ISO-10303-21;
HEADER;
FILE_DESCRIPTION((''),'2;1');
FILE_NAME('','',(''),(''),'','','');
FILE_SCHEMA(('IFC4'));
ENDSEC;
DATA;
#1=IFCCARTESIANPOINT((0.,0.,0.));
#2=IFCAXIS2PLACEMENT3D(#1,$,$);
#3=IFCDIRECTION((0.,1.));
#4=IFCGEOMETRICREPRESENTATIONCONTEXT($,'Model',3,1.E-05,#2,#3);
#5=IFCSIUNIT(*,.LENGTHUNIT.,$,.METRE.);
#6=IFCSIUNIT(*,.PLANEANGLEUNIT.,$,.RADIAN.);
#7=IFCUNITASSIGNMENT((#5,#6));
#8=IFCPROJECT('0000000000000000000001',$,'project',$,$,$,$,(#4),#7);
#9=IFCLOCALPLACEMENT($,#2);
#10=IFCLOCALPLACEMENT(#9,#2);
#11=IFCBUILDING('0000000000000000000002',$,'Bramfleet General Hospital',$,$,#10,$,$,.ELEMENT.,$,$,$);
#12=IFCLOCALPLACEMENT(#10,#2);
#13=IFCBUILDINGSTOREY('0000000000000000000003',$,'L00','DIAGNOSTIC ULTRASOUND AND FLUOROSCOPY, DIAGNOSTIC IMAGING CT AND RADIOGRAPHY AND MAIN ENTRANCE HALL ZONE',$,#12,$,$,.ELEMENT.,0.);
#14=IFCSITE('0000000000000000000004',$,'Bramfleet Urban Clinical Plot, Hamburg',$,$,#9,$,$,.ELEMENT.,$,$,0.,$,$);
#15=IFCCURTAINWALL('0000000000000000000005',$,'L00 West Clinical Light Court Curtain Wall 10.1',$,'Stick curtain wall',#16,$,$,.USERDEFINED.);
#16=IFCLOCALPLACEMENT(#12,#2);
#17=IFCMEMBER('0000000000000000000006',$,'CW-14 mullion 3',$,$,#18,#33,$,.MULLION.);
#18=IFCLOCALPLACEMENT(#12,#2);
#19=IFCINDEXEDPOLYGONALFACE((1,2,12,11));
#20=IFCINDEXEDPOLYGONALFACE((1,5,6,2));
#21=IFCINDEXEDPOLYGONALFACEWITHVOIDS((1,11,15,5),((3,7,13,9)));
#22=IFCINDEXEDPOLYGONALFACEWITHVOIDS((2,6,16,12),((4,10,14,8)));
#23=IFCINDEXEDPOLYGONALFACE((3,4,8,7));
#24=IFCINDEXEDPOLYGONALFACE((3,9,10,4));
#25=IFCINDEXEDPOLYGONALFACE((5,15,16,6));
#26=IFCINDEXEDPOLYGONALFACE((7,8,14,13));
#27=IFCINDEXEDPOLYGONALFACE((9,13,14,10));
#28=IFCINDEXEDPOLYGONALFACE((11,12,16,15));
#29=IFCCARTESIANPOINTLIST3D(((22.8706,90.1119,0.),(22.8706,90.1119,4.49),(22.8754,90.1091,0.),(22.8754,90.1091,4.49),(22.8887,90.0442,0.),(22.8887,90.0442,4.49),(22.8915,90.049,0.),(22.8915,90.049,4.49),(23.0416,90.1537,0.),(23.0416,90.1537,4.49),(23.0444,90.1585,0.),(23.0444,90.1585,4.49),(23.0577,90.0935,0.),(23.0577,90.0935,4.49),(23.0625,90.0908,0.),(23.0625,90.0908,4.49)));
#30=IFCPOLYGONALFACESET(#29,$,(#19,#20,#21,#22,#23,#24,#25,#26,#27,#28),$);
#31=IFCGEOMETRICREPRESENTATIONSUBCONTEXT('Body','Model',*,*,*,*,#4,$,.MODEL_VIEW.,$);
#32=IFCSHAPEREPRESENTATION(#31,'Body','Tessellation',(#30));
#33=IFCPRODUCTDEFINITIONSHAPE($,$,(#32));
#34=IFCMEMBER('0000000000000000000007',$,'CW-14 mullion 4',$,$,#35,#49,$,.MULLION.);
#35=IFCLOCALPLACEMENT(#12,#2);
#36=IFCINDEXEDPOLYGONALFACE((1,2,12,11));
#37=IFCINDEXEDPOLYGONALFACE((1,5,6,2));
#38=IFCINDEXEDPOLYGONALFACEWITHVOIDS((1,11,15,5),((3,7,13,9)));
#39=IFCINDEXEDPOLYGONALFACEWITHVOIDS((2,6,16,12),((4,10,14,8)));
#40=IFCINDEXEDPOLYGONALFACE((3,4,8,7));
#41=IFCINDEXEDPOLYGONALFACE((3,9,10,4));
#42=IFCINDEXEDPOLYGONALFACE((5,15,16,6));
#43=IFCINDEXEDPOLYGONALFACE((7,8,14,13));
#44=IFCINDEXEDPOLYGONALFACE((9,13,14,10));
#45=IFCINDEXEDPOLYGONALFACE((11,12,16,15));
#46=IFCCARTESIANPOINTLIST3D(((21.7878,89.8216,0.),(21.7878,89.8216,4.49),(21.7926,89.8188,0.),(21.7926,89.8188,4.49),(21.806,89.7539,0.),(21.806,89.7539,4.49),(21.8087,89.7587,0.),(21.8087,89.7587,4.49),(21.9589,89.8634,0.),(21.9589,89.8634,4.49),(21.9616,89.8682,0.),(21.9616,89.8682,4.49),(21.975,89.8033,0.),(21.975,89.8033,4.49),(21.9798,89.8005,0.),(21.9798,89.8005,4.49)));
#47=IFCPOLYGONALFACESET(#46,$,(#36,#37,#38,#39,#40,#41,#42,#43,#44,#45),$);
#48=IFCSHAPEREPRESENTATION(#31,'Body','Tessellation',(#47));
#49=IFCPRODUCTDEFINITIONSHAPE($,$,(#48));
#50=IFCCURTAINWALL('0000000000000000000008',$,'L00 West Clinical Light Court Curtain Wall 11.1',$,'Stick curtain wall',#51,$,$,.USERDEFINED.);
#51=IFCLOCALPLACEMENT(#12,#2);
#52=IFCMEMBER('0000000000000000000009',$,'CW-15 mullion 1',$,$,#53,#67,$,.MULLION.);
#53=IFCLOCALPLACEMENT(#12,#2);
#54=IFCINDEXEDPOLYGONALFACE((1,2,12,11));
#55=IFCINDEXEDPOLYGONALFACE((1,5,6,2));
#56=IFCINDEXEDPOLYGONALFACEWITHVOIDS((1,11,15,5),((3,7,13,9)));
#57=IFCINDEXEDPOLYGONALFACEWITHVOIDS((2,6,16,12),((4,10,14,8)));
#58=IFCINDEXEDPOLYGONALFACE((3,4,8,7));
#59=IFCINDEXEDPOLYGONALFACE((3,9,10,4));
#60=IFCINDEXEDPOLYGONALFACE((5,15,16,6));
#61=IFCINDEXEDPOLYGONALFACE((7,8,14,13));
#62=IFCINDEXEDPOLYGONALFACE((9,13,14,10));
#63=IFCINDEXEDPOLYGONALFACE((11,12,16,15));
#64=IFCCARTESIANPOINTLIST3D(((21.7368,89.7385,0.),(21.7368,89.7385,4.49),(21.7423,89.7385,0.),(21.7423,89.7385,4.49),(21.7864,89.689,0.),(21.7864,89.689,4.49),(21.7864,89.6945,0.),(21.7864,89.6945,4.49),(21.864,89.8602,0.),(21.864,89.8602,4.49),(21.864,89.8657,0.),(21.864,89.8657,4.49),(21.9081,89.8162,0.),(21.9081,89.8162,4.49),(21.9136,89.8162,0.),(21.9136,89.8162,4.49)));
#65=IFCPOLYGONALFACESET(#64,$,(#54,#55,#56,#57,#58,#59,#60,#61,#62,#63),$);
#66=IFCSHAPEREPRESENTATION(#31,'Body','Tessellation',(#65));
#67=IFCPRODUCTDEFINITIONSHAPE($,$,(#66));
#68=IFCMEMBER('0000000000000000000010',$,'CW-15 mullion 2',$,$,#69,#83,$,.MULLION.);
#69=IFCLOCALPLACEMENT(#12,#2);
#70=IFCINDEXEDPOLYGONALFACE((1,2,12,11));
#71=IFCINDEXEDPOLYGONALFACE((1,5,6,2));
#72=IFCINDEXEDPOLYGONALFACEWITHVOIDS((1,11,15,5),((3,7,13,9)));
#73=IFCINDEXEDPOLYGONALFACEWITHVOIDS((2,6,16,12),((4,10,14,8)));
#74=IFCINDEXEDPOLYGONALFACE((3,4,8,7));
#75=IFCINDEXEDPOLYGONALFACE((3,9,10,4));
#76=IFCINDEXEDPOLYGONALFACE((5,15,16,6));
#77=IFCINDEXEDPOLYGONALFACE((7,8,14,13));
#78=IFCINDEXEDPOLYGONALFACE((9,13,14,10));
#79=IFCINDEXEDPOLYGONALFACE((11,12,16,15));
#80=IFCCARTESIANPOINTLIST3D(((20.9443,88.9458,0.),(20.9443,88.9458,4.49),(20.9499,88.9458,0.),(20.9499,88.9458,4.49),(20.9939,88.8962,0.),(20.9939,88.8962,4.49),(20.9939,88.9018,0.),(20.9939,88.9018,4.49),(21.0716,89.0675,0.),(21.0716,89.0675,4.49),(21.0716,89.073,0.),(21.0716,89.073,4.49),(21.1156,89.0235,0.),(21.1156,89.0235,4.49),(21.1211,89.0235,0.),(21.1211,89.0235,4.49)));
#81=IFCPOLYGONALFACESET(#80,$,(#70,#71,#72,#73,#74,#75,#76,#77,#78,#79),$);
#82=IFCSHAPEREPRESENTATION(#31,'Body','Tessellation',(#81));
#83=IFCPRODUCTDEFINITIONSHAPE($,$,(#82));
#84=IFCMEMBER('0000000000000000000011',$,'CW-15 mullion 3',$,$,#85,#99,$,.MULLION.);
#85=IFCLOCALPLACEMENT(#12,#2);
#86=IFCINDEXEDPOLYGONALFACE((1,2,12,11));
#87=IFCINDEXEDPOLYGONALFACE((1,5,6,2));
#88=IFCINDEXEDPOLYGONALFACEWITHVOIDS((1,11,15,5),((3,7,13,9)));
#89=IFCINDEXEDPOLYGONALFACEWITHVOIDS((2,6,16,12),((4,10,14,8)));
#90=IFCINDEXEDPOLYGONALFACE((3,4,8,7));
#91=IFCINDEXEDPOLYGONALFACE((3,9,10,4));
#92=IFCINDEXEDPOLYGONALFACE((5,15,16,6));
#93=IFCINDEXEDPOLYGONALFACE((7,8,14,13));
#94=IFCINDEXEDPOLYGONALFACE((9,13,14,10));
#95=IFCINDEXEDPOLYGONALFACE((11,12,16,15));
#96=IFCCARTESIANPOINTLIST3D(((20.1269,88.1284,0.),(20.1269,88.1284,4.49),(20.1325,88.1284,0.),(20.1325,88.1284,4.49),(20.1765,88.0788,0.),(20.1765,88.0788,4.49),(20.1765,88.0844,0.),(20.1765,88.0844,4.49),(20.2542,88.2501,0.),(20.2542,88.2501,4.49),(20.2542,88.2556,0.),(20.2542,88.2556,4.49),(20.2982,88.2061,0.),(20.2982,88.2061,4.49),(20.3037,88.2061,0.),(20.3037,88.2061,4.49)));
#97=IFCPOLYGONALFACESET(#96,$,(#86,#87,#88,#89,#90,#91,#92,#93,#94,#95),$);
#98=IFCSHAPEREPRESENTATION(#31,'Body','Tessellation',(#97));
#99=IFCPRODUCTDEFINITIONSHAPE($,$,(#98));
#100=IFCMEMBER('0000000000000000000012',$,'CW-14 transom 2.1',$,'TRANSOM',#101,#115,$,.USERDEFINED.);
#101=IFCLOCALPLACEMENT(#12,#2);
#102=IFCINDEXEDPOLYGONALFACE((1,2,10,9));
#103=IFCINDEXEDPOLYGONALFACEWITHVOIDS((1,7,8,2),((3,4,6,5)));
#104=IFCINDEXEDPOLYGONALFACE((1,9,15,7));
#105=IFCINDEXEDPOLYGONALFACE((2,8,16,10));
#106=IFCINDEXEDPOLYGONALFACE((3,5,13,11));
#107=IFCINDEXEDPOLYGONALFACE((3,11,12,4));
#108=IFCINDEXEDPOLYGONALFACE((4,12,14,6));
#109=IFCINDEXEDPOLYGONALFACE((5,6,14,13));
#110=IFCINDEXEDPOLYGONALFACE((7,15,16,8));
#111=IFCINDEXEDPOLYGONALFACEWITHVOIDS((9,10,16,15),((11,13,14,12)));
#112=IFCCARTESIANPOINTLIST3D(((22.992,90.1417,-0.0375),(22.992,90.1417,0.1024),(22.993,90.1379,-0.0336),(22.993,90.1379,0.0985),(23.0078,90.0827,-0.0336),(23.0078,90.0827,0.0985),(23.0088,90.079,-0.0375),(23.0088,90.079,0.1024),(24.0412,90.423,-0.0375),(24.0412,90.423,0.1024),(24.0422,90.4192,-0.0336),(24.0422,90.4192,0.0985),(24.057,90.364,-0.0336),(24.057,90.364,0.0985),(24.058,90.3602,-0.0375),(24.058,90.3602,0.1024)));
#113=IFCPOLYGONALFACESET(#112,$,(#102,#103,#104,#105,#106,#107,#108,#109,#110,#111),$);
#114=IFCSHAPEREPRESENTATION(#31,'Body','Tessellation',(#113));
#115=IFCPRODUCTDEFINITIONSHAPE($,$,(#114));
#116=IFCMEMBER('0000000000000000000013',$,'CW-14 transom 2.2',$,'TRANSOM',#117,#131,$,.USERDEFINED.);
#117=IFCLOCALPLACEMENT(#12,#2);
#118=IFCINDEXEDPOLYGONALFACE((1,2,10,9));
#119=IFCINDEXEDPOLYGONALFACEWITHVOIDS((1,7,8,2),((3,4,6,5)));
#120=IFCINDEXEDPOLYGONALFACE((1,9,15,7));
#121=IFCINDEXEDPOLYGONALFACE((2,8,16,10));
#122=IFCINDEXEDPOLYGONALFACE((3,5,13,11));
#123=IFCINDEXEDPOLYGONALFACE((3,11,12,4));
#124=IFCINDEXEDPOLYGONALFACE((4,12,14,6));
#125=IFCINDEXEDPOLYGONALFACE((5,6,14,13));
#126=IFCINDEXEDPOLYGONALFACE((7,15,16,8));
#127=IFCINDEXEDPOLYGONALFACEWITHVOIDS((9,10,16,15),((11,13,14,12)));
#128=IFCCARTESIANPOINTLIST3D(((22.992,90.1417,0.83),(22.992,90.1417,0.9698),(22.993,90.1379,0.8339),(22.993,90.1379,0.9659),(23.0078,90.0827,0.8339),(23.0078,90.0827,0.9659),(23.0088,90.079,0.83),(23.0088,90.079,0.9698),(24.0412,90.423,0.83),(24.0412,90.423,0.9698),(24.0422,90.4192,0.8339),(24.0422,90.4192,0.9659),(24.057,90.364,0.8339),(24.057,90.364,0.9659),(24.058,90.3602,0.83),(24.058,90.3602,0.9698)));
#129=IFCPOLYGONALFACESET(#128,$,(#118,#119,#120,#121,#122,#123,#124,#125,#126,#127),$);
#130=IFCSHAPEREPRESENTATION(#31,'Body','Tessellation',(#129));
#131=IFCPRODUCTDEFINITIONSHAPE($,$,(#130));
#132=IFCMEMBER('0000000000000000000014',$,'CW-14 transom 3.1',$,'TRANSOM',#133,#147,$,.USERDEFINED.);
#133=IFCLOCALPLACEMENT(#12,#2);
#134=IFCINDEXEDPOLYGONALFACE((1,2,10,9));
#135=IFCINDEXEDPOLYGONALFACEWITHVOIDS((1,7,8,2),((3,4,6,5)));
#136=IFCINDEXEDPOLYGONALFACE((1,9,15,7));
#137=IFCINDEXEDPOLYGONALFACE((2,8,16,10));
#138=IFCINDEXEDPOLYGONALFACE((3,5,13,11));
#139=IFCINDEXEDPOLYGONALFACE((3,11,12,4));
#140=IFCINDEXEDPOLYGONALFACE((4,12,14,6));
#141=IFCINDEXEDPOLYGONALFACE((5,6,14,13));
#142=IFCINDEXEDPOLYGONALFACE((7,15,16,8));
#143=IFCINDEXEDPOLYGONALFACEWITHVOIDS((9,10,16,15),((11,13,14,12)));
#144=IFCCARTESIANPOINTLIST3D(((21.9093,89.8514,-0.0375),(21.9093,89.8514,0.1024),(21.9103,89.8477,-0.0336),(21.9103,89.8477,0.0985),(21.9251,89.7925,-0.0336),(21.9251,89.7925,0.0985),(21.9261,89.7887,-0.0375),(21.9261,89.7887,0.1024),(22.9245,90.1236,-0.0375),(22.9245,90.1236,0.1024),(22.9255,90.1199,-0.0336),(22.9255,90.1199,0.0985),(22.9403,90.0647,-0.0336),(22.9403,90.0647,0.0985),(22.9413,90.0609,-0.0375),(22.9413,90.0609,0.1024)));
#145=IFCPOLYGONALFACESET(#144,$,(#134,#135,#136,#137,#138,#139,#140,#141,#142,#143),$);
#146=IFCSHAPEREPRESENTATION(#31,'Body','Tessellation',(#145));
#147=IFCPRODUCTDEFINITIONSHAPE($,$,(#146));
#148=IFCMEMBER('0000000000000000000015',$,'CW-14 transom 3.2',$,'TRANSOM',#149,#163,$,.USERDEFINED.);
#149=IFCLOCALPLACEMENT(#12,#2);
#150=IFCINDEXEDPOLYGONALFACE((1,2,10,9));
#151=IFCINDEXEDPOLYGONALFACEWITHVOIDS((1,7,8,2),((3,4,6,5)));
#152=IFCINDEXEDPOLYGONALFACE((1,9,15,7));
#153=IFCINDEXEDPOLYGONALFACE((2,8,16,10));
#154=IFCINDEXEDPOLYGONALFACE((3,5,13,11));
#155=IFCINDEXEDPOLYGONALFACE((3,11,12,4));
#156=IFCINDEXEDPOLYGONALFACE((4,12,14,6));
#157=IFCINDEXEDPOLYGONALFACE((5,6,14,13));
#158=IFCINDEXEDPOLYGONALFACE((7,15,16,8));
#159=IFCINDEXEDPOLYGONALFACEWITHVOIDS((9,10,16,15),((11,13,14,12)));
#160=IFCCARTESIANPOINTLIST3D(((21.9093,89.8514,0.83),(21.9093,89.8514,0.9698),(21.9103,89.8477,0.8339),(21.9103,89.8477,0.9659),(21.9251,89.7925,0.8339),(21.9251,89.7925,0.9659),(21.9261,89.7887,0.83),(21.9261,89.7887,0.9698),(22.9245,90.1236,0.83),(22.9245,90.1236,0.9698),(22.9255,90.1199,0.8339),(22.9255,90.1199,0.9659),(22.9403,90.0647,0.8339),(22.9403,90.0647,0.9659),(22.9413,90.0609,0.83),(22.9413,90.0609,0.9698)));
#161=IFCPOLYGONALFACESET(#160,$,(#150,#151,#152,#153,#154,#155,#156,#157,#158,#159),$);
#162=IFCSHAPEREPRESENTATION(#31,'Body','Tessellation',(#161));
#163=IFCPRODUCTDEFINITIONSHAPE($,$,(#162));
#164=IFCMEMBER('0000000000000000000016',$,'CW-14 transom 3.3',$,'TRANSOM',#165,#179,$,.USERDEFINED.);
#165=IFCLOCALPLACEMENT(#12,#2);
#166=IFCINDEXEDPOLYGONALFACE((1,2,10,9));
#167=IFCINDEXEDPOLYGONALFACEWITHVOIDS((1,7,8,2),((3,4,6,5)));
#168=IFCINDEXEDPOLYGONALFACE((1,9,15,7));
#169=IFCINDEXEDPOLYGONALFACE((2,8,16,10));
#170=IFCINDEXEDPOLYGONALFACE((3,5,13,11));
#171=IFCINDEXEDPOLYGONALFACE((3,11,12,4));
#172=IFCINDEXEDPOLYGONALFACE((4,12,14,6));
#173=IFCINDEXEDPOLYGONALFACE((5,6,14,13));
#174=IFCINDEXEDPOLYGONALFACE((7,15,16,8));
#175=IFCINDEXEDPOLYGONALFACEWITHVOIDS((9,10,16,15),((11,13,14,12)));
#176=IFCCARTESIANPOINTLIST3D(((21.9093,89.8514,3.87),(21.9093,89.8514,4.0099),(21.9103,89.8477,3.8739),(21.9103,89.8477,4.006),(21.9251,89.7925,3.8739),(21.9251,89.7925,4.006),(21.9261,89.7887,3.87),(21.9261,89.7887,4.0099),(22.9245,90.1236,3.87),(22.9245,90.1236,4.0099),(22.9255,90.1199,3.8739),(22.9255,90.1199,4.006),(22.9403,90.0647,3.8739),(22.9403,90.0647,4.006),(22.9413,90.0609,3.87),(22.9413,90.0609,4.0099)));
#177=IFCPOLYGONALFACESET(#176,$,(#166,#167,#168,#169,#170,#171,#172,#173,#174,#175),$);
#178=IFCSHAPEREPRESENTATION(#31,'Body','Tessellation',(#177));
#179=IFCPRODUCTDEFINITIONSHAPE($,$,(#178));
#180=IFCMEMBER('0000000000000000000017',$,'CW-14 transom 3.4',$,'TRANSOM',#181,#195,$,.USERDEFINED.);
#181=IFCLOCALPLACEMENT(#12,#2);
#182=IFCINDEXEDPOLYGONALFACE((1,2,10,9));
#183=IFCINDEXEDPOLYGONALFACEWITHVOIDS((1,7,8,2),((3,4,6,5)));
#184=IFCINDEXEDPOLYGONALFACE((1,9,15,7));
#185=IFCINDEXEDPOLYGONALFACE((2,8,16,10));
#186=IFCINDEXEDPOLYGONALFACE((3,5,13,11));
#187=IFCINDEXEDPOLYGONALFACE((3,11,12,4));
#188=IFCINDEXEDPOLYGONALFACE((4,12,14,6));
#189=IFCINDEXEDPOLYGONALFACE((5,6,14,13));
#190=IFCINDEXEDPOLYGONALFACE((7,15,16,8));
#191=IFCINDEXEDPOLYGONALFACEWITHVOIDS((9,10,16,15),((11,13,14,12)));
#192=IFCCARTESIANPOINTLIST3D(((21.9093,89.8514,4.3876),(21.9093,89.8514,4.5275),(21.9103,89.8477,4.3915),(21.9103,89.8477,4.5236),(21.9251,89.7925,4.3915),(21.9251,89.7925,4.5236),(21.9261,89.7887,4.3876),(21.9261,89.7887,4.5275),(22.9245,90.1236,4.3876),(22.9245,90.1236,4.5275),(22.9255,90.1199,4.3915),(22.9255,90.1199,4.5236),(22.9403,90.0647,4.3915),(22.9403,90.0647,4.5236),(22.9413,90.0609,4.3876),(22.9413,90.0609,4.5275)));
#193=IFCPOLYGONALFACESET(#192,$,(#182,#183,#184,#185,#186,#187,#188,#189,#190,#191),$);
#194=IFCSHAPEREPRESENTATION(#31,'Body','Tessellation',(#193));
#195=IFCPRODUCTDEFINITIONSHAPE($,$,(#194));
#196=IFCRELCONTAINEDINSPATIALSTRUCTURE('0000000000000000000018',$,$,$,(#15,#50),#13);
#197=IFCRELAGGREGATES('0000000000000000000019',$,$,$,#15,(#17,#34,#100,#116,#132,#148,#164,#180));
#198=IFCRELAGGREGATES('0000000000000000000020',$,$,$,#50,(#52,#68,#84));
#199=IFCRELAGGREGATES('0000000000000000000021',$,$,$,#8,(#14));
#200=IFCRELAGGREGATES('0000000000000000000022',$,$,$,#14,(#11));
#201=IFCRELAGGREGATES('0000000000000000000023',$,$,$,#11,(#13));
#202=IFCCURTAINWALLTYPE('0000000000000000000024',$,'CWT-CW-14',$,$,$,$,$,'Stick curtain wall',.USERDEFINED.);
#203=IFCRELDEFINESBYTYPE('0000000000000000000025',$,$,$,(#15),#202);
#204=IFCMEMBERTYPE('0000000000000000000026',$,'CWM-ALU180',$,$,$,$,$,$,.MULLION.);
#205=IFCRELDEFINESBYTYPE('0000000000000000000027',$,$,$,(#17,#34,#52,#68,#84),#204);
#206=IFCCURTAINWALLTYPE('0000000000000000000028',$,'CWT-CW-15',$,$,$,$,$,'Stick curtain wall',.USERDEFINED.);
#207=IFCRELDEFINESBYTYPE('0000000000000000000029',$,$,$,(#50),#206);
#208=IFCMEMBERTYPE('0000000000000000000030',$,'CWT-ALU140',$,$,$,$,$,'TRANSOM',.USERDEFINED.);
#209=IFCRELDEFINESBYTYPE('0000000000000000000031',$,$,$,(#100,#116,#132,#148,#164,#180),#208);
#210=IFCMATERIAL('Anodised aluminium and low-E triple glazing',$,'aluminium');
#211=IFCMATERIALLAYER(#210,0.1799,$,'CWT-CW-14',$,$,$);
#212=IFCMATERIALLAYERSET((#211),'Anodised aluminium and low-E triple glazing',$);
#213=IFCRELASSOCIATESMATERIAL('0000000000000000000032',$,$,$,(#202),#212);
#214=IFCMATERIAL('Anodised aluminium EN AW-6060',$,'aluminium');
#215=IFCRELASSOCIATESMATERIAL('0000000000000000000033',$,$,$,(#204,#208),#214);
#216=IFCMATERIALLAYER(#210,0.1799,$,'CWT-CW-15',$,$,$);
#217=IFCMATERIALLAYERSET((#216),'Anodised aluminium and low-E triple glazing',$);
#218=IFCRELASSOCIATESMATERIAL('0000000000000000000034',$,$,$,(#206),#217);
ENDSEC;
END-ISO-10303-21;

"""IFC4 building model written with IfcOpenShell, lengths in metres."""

from ifc_helpers import new_model, si_unit, direction, frame, origin, origin_2d, place, context, subcontext, project, spatial, hollow_rectangle, extrude, material, layer, layer_set, material_profile, profile_set, type_object, element, aggregate, save


model = new_model("IFC4")

# Units and contexts
model_context = context("Model", 3, precision=1e-05, world=origin(), true_north=direction((0.0, 1.0)))
body_context = subcontext(model_context, "Body", "Model", "MODEL_VIEW")
ifc_project = project(units=[si_unit("LENGTHUNIT", "METRE"), si_unit("PLANEANGLEUNIT", "RADIAN")], contexts=[model_context])

# Site, building, storey
site_placement = place(None, origin())
site = spatial("IfcSite", under=ifc_project, at=site_placement, Name="Bramfleet Urban Clinical Plot, Hamburg", CompositionType="ELEMENT", RefElevation=0.0)
building_placement = place(site_placement, origin())
building = spatial("IfcBuilding", under=site, at=building_placement, Name="Bramfleet General Hospital", CompositionType="ELEMENT")
storey_placement = place(building_placement, origin())
storey = spatial("IfcBuildingStorey", under=building, at=storey_placement, Name="L00", Description="DIAGNOSTIC ULTRASOUND AND FLUOROSCOPY, DIAGNOSTIC IMAGING CT AND RADIOGRAPHY AND MAIN ENTRANCE HALL ZONE", CompositionType="ELEMENT", Elevation=0.0)

# Curtain walls, members
ifc_material_1 = material(Name="Anodised aluminium and low-E triple glazing", Category="aluminium")
ifc_layer_1 = layer(ifc_material_1, 0.1799, Name="CWT-CW-14")
ifc_layer_set_1 = layer_set([ifc_layer_1], Name="Anodised aluminium and low-E triple glazing")
curtain_wall_type_1 = type_object("IfcCurtainWallType", Name="CWT-CW-14", ElementType="Stick curtain wall", PredefinedType="USERDEFINED", material=ifc_layer_set_1)
curtain_wall_1_placement = place(storey_placement, origin())
curtain_wall_1 = element("IfcCurtainWall", 1, at=curtain_wall_1_placement, inside=storey, type_object=curtain_wall_type_1, Name="L00 West Clinical Light Court Curtain Wall 10.1", ObjectType="Stick curtain wall", PredefinedType="USERDEFINED")
ifc_material_2 = material(Name="Anodised aluminium EN AW-6060", Category="aluminium")
ifc_material_profile_1 = material_profile(ifc_material_2, hollow_rectangle(XDim=0.0701, YDim=0.1799, WallThickness=0.0039, at=origin_2d()), Name="ALU 180x70x4.0")
ifc_profile_set_1 = profile_set([ifc_material_profile_1], Name="Anodised aluminium EN AW-6060")
member_type_1 = type_object("IfcMemberType", Name="CWM-ALU180", PredefinedType="MULLION", material=ifc_profile_set_1)
member_1_placement = place(storey_placement, frame((22.9666, 90.1013, 0.0), z_axis=(0.0, 0.0, 1.0), x_axis=(0.258919, -0.965899, 0.0)))
member_1 = element("IfcMember", 2, at=member_1_placement, type_object=member_type_1, Name="CW-14 mullion 3", PredefinedType="MULLION", context=body_context, shape_type="SweptSolid", body=[
    extrude(hollow_rectangle(XDim=0.0701, YDim=0.1799, WallThickness=0.0039, at=origin_2d()), origin(), (0.0, 0.0, 1.0), 4.49),
])
member_2_placement = place(storey_placement, frame((21.8838, 89.811, 0.0), z_axis=(0.0, 0.0, 1.0), x_axis=(0.258919, -0.965899, 0.0)))
member_2 = element("IfcMember", 3, at=member_2_placement, type_object=member_type_1, Name="CW-14 mullion 4", PredefinedType="MULLION", context=body_context, shape_type="SweptSolid", body=[
    extrude(hollow_rectangle(XDim=0.0701, YDim=0.1799, WallThickness=0.0039, at=origin_2d()), origin(), (0.0, 0.0, 1.0), 4.49),
])
ifc_layer_2 = layer(ifc_material_1, 0.1799, Name="CWT-CW-15")
ifc_layer_set_2 = layer_set([ifc_layer_2], Name="Anodised aluminium and low-E triple glazing")
curtain_wall_type_2 = type_object("IfcCurtainWallType", Name="CWT-CW-15", ElementType="Stick curtain wall", PredefinedType="USERDEFINED", material=ifc_layer_set_2)
curtain_wall_2_placement = place(storey_placement, origin())
curtain_wall_2 = element("IfcCurtainWall", 4, at=curtain_wall_2_placement, inside=storey, type_object=curtain_wall_type_2, Name="L00 West Clinical Light Court Curtain Wall 11.1", ObjectType="Stick curtain wall", PredefinedType="USERDEFINED")
member_3_placement = place(storey_placement, frame((21.8252, 89.7773, 0.0), z_axis=(0.0, 0.0, 1.0), x_axis=(0.707107, -0.707107, 0.0)))
member_3 = element("IfcMember", 5, at=member_3_placement, type_object=member_type_1, Name="CW-15 mullion 1", PredefinedType="MULLION", context=body_context, shape_type="SweptSolid", body=[
    extrude(hollow_rectangle(XDim=0.0701, YDim=0.1799, WallThickness=0.0039, at=origin_2d()), origin(), (0.0, 0.0, 1.0), 4.49),
])
member_4_placement = place(storey_placement, frame((21.0327, 88.9846, 0.0), z_axis=(0.0, 0.0, 1.0), x_axis=(0.707107, -0.707107, 0.0)))
member_4 = element("IfcMember", 6, at=member_4_placement, type_object=member_type_1, Name="CW-15 mullion 2", PredefinedType="MULLION", context=body_context, shape_type="SweptSolid", body=[
    extrude(hollow_rectangle(XDim=0.0701, YDim=0.1799, WallThickness=0.0039, at=origin_2d()), origin(), (0.0, 0.0, 1.0), 4.49),
])
member_5_placement = place(storey_placement, frame((20.2153, 88.1672, 0.0), z_axis=(0.0, 0.0, 1.0), x_axis=(0.707107, -0.707107, 0.0)))
member_5 = element("IfcMember", 7, at=member_5_placement, type_object=member_type_1, Name="CW-15 mullion 3", PredefinedType="MULLION", context=body_context, shape_type="SweptSolid", body=[
    extrude(hollow_rectangle(XDim=0.0701, YDim=0.1799, WallThickness=0.0039, at=origin_2d()), origin(), (0.0, 0.0, 1.0), 4.49),
])

# Members
ifc_material_profile_2 = material_profile(ifc_material_2, hollow_rectangle(XDim=0.0649, YDim=0.1399, WallThickness=0.0039, at=origin_2d()), Name="ALU 140x65x4.0")
ifc_profile_set_2 = profile_set([ifc_material_profile_2], Name="Anodised aluminium EN AW-6060")
member_type_2 = type_object("IfcMemberType", Name="CWT-ALU140", ElementType="TRANSOM", PredefinedType="USERDEFINED", material=ifc_profile_set_2)
member_6_placement = place(storey_placement, frame((24.0496, 90.3916, 0.0325), z_axis=(-0.965891, -0.25895, 0.0), x_axis=(0.25895, -0.965891, 0.0)))
member_6 = element("IfcMember", 8, at=member_6_placement, type_object=member_type_2, Name="CW-14 transom 2.1", ObjectType="TRANSOM", PredefinedType="USERDEFINED", context=body_context, shape_type="SweptSolid", body=[
    extrude(hollow_rectangle(XDim=0.0649, YDim=0.1399, WallThickness=0.0039, at=origin_2d()), origin(), (0.0, 0.0, 1.0), 1.0862),
])
member_7_placement = place(storey_placement, frame((24.0496, 90.3916, 0.8999), z_axis=(-0.965891, -0.25895, 0.0), x_axis=(0.25895, -0.965891, 0.0)))
member_7 = element("IfcMember", 9, at=member_7_placement, type_object=member_type_2, Name="CW-14 transom 2.2", ObjectType="TRANSOM", PredefinedType="USERDEFINED", context=body_context, shape_type="SweptSolid", body=[
    extrude(hollow_rectangle(XDim=0.0649, YDim=0.1399, WallThickness=0.0039, at=origin_2d()), origin(), (0.0, 0.0, 1.0), 1.0862),
])
member_8_placement = place(storey_placement, frame((22.9329, 90.0923, 0.0325), z_axis=(-0.965875, -0.259007, 0.0), x_axis=(0.259007, -0.965875, 0.0)))
member_8 = element("IfcMember", 10, at=member_8_placement, type_object=member_type_2, Name="CW-14 transom 3.1", ObjectType="TRANSOM", PredefinedType="USERDEFINED", context=body_context, shape_type="SweptSolid", body=[
    extrude(hollow_rectangle(XDim=0.0649, YDim=0.1399, WallThickness=0.0039, at=origin_2d()), origin(), (0.0, 0.0, 1.0), 1.051),
])
member_9_placement = place(storey_placement, frame((22.9329, 90.0923, 0.8999), z_axis=(-0.965875, -0.259007, 0.0), x_axis=(0.259007, -0.965875, 0.0)))
member_9 = element("IfcMember", 11, at=member_9_placement, type_object=member_type_2, Name="CW-14 transom 3.2", ObjectType="TRANSOM", PredefinedType="USERDEFINED", context=body_context, shape_type="SweptSolid", body=[
    extrude(hollow_rectangle(XDim=0.0649, YDim=0.1399, WallThickness=0.0039, at=origin_2d()), origin(), (0.0, 0.0, 1.0), 1.051),
])
member_10_placement = place(storey_placement, frame((22.9329, 90.0923, 3.9399), z_axis=(-0.965875, -0.259007, 0.0), x_axis=(0.259007, -0.965875, 0.0)))
member_10 = element("IfcMember", 12, at=member_10_placement, type_object=member_type_2, Name="CW-14 transom 3.3", ObjectType="TRANSOM", PredefinedType="USERDEFINED", context=body_context, shape_type="SweptSolid", body=[
    extrude(hollow_rectangle(XDim=0.0649, YDim=0.1399, WallThickness=0.0039, at=origin_2d()), origin(), (0.0, 0.0, 1.0), 1.051),
])
member_11_placement = place(storey_placement, frame((22.9329, 90.0923, 4.4575), z_axis=(-0.965875, -0.259007, 0.0), x_axis=(0.259007, -0.965875, 0.0)))
member_11 = element("IfcMember", 13, at=member_11_placement, type_object=member_type_2, Name="CW-14 transom 3.4", ObjectType="TRANSOM", PredefinedType="USERDEFINED", context=body_context, shape_type="SweptSolid", body=[
    extrude(hollow_rectangle(XDim=0.0649, YDim=0.1399, WallThickness=0.0039, at=origin_2d()), origin(), (0.0, 0.0, 1.0), 1.051),
])

aggregate(curtain_wall_1, [member_1, member_2, member_6, member_7, member_8, member_9, member_10, member_11])
aggregate(curtain_wall_2, [member_3, member_4, member_5])

save(model, "model.ifc")
